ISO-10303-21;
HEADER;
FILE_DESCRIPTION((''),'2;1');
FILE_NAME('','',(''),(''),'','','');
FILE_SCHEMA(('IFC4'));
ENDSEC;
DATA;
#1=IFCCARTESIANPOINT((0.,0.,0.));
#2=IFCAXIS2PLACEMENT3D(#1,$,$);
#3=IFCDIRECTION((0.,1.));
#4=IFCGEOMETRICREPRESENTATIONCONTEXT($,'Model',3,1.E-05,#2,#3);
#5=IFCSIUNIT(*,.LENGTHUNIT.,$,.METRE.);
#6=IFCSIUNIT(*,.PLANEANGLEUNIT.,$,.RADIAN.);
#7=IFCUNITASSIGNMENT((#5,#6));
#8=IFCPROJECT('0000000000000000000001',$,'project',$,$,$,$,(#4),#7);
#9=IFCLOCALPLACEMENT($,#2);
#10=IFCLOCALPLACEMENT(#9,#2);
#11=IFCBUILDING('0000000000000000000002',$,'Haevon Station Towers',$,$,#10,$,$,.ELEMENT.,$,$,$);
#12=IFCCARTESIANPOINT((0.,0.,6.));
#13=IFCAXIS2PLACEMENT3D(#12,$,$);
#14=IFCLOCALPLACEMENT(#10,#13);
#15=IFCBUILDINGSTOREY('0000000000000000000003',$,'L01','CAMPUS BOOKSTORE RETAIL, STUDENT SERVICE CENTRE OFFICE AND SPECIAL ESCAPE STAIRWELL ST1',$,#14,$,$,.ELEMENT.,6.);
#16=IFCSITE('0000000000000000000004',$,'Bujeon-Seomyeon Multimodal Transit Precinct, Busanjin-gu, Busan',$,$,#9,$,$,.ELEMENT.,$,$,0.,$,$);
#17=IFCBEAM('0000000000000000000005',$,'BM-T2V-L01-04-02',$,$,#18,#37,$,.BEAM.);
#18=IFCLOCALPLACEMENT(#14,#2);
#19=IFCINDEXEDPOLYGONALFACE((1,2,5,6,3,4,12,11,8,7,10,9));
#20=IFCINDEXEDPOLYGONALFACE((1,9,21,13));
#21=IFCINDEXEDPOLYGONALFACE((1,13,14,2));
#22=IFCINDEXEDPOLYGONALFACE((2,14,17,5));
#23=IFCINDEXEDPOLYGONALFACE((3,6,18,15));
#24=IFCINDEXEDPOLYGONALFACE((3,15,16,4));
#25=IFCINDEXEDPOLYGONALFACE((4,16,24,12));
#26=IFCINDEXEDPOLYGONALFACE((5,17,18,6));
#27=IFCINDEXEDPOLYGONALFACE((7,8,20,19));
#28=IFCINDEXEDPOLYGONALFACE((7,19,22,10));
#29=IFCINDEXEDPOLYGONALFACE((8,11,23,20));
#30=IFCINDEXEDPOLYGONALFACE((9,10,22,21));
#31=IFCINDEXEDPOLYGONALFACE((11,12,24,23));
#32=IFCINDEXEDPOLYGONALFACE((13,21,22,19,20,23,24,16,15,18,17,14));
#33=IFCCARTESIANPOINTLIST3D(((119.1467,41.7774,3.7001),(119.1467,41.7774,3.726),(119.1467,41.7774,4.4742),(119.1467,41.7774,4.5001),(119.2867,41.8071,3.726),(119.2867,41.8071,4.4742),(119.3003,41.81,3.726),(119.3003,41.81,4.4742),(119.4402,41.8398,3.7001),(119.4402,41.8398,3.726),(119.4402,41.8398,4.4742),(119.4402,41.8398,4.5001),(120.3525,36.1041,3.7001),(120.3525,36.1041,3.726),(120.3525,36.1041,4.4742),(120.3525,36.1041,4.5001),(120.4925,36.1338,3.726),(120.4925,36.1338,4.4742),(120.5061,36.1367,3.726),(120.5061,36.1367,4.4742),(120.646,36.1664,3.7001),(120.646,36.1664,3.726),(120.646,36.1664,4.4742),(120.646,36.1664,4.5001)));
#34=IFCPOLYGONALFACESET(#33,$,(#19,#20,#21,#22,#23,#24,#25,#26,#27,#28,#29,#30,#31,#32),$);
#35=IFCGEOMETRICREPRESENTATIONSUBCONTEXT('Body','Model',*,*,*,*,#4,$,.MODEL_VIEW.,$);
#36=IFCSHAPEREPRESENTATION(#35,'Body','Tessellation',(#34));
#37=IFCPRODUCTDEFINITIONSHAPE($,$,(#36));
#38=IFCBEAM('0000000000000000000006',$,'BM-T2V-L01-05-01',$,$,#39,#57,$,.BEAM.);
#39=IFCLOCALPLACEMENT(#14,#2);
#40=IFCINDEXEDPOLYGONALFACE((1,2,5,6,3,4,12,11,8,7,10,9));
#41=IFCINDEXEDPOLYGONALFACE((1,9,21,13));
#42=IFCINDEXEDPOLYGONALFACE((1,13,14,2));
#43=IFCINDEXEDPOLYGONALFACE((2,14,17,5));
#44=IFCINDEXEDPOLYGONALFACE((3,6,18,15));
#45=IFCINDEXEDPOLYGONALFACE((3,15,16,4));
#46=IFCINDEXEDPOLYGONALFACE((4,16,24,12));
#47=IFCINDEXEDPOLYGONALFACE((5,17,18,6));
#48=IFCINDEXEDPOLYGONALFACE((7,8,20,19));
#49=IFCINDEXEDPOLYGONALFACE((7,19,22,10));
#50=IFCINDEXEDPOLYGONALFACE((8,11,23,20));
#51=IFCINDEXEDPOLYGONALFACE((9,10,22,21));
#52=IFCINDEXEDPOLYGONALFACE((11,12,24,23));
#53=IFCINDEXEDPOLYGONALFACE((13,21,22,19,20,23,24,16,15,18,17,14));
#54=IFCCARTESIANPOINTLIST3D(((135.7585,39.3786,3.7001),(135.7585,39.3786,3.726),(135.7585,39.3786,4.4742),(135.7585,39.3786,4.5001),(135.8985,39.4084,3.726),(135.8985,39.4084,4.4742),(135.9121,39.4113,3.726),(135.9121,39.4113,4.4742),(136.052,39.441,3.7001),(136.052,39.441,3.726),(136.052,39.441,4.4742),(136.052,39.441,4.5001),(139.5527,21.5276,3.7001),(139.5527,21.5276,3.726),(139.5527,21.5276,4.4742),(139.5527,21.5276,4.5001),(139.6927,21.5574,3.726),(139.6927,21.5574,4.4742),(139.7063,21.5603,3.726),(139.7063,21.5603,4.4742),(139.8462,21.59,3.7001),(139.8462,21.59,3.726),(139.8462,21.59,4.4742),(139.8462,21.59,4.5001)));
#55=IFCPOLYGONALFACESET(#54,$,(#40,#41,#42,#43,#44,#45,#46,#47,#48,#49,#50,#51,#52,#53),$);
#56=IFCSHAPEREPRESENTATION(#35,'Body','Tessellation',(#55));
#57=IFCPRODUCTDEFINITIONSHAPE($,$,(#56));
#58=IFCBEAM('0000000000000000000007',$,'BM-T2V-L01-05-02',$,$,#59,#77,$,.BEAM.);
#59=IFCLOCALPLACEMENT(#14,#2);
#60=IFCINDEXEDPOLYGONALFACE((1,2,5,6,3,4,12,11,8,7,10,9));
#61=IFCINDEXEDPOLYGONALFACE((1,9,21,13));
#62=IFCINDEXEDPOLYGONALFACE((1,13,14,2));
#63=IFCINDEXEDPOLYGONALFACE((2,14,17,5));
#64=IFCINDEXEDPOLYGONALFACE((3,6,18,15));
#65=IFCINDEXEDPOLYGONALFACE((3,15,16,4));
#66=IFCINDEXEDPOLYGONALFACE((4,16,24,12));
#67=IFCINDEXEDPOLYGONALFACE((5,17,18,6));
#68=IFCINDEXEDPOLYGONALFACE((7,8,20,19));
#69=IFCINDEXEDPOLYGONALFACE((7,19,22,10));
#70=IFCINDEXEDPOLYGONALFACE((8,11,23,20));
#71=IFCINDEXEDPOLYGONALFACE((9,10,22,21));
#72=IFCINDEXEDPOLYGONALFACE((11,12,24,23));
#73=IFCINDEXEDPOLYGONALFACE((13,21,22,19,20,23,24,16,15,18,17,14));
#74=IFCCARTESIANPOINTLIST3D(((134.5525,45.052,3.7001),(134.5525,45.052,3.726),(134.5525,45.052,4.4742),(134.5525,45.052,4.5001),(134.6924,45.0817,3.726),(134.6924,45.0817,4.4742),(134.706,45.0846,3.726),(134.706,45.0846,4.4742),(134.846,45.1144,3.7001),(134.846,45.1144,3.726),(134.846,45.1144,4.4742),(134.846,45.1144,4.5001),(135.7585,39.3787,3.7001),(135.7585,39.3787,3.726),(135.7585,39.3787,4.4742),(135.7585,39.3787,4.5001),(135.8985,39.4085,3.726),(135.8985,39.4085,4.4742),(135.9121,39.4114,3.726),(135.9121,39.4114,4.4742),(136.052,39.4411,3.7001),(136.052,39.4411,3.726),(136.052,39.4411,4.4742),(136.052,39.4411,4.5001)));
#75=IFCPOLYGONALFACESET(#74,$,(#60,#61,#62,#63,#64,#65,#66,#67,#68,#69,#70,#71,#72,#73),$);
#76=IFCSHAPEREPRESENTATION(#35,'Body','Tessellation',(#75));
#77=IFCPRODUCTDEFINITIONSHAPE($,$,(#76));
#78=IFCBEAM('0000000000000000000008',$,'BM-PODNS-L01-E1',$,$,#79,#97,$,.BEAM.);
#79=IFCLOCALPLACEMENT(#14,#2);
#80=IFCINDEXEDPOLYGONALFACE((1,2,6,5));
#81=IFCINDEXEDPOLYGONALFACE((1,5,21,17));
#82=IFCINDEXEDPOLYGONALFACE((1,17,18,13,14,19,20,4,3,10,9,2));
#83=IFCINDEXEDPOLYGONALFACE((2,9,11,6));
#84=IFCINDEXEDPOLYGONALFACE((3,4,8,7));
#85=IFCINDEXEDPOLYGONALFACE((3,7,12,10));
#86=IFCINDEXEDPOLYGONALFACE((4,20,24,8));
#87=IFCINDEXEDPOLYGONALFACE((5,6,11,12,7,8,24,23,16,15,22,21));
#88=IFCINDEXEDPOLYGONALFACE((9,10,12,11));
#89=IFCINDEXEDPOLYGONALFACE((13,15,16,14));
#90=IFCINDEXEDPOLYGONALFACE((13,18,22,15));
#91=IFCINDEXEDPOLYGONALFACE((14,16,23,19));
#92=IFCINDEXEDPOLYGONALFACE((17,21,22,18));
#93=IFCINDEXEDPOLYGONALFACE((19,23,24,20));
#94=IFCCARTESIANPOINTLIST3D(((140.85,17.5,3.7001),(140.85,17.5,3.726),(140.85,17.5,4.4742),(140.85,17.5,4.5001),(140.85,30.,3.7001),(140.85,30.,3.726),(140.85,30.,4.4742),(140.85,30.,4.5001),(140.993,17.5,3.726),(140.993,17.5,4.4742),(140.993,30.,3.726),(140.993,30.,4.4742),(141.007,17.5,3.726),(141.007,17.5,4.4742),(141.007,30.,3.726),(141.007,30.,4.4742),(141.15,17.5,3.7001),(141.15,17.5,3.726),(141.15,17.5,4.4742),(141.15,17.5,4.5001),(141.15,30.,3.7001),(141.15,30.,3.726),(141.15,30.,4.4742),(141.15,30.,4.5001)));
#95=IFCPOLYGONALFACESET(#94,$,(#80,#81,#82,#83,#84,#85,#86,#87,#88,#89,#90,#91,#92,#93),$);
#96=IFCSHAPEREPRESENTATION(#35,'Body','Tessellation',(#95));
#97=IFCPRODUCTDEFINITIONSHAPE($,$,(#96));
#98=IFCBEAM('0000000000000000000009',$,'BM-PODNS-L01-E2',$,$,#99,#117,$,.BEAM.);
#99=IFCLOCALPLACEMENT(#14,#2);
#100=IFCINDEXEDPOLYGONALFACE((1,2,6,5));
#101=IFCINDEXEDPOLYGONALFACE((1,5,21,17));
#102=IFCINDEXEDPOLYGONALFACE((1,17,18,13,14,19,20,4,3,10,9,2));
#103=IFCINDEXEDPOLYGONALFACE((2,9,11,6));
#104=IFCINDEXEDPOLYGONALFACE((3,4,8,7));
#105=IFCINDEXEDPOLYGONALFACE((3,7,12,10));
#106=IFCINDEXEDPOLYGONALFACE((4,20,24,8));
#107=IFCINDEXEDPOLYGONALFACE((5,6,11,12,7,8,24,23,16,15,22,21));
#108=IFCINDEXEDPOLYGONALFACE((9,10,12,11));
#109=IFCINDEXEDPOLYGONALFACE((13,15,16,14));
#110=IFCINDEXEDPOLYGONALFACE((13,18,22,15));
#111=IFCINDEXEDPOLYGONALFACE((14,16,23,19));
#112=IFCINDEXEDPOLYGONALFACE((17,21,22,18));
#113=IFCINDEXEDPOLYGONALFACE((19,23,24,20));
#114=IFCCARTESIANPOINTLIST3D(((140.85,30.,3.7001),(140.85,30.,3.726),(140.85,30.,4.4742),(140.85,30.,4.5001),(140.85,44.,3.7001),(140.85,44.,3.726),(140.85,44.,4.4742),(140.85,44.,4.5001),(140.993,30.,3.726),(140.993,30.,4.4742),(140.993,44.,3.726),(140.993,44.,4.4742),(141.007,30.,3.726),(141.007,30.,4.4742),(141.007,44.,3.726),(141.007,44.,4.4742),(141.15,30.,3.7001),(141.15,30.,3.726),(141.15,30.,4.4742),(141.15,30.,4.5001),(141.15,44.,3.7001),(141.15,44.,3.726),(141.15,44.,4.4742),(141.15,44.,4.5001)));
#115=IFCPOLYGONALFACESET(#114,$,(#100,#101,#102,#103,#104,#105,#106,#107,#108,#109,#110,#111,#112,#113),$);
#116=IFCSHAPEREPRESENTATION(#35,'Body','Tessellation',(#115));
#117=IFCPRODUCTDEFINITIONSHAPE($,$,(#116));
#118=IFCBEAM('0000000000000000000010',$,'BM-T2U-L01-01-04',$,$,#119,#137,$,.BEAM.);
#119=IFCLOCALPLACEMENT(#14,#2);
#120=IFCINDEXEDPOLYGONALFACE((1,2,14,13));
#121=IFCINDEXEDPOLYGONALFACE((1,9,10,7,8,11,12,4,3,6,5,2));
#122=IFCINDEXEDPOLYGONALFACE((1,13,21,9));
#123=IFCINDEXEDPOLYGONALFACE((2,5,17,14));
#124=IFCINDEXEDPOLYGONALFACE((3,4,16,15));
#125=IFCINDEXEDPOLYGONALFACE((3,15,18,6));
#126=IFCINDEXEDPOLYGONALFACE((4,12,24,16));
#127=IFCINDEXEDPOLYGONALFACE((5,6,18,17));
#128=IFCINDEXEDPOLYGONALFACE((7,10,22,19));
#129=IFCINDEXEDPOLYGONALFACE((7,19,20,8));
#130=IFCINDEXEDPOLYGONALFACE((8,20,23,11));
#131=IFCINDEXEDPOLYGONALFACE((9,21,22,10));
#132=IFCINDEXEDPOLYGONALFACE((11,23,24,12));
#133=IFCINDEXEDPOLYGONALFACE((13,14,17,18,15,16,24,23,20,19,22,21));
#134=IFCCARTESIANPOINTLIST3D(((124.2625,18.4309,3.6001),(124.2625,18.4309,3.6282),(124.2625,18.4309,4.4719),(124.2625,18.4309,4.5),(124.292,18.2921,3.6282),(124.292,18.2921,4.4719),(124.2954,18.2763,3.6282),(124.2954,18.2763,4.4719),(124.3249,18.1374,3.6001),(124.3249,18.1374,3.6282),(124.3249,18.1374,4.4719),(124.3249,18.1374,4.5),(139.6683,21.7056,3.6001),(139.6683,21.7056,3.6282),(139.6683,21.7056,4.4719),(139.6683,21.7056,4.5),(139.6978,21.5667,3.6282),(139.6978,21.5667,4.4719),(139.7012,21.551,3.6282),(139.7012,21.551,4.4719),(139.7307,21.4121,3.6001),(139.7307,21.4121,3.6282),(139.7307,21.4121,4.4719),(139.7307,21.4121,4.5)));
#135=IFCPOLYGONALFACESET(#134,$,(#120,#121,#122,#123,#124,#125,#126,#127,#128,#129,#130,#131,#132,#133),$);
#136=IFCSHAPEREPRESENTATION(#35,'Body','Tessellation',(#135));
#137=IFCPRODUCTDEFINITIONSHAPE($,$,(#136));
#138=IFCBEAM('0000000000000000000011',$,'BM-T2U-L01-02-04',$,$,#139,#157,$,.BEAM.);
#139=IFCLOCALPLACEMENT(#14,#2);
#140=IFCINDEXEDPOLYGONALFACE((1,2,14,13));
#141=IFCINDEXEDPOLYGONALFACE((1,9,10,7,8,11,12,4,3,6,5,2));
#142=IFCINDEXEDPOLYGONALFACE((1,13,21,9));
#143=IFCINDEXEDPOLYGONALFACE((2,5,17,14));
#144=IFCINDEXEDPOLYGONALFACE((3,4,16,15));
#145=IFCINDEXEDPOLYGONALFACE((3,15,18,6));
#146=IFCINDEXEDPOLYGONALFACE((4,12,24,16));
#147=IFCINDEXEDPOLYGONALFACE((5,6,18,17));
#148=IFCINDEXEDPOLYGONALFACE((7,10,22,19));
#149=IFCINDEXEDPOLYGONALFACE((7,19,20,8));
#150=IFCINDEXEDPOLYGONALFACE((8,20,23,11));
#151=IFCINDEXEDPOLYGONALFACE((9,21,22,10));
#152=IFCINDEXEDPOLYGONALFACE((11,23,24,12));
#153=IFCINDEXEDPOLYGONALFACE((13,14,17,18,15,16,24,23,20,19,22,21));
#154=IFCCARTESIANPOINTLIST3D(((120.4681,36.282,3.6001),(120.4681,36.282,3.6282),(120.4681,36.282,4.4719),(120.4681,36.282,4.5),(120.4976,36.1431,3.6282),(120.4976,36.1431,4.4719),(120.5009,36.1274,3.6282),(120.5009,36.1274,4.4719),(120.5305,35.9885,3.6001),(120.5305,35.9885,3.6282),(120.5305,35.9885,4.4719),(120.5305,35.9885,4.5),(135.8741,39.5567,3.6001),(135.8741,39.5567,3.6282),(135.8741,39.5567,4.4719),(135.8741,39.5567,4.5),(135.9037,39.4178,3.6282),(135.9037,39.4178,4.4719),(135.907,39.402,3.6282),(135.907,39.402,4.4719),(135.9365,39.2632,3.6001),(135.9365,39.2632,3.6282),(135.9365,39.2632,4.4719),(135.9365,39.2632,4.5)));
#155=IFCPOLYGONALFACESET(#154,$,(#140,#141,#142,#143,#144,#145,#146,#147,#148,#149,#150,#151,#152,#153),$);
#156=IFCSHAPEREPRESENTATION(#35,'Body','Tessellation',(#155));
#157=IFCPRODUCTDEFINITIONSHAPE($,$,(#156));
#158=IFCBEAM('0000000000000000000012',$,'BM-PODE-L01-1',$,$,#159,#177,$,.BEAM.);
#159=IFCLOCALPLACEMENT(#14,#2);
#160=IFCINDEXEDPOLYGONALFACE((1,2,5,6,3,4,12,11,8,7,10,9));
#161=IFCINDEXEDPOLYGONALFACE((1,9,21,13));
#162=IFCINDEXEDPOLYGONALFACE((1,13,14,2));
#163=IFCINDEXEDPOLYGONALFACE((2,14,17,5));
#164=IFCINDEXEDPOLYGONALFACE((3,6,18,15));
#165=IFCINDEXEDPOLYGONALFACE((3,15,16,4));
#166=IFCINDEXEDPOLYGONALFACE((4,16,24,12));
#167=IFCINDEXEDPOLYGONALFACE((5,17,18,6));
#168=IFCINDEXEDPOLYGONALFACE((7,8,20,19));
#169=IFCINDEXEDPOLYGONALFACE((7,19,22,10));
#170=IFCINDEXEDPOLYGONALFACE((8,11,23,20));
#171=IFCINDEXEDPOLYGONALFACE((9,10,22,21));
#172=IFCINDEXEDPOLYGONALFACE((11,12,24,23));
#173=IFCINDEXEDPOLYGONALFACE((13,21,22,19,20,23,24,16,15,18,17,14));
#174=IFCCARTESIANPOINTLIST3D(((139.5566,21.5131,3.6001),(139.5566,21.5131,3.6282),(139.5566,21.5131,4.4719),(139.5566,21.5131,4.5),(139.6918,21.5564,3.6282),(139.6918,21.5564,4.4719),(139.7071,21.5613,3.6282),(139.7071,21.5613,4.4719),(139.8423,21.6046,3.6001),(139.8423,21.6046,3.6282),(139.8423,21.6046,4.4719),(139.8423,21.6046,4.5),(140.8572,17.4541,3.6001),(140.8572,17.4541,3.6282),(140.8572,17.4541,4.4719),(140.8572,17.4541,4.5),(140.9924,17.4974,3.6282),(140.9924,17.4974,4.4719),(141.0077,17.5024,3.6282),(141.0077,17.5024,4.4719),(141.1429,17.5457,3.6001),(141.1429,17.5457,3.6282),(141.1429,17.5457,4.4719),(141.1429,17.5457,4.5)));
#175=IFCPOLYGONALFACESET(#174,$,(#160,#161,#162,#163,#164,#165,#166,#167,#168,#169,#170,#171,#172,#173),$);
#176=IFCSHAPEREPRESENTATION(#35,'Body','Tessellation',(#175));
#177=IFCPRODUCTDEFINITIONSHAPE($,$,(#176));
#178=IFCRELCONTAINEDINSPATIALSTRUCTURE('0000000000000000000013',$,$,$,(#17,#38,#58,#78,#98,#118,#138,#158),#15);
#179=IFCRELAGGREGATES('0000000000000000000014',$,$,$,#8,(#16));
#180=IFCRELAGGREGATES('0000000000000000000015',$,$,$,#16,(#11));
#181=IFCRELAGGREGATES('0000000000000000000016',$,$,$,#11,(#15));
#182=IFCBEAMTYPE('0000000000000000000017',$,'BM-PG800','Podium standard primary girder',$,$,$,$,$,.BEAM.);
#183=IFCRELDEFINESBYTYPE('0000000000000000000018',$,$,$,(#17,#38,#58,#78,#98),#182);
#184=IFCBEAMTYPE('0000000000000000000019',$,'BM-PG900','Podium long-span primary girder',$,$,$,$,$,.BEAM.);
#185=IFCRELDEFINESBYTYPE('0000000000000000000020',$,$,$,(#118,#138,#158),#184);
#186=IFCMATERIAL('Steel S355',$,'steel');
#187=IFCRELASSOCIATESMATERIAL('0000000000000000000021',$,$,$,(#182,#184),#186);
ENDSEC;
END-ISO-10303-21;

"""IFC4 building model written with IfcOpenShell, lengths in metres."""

from ifc_helpers import new_model, si_unit, direction, frame, origin, origin_2d, place, context, subcontext, project, spatial, i_section, extrude, material, material_profile, profile_set, type_object, element, save


model = new_model("IFC4")

# Units and contexts
model_context = context("Model", 3, precision=1e-05, world=origin(), true_north=direction((0.0, 1.0)))
body_context = subcontext(model_context, "Body", "Model", "MODEL_VIEW")
ifc_project = project(units=[si_unit("LENGTHUNIT", "METRE"), si_unit("PLANEANGLEUNIT", "RADIAN")], contexts=[model_context])

# Site, building, storey
site_placement = place(None, origin())
site = spatial("IfcSite", under=ifc_project, at=site_placement, Name="Bujeon-Seomyeon Multimodal Transit Precinct, Busanjin-gu, Busan", CompositionType="ELEMENT", RefElevation=0.0)
building_placement = place(site_placement, origin())
building = spatial("IfcBuilding", under=site, at=building_placement, Name="Haevon Station Towers", CompositionType="ELEMENT")
storey_placement = place(building_placement, frame((0.0, 0.0, 6.0)))
storey = spatial("IfcBuildingStorey", under=building, at=storey_placement, Name="L01", Description="CAMPUS BOOKSTORE RETAIL, STUDENT SERVICE CENTRE OFFICE AND SPECIAL ESCAPE STAIRWELL ST1", CompositionType="ELEMENT", Elevation=6.0)

# Beams
ifc_material_1 = material(Name="Steel S355", Category="steel")
ifc_material_profile_1 = material_profile(ifc_material_1, i_section(OverallWidth=0.3, OverallDepth=0.8, WebThickness=0.0139, FlangeThickness=0.0259, at=origin_2d()), Name="H-800x300x14x26")
ifc_profile_set_1 = profile_set([ifc_material_profile_1], Name="Steel S355")
beam_type_1 = type_object("IfcBeamType", Name="BM-PG800", Description="Podium standard primary girder", PredefinedType="BEAM", material=ifc_profile_set_1)
beam_1_placement = place(storey_placement, frame((120.4993, 36.1353, 4.1001), z_axis=(-0.207896, 0.978151, 0.0), x_axis=(-0.978151, -0.207896, 0.0)))
element("IfcBeam", 1, at=beam_1_placement, inside=storey, type_object=beam_type_1, Name="BM-T2V-L01-04-02", PredefinedType="BEAM", context=body_context, shape_type="SweptSolid", body=[
    extrude(i_section(OverallWidth=0.3, OverallDepth=0.8, WebThickness=0.0139, FlangeThickness=0.0259, at=origin_2d()), origin(), (0.0, 0.0, 1.0), 5.8),
])
beam_2_placement = place(storey_placement, frame((139.6995, 21.5588, 4.1001), z_axis=(-0.207903, 0.97815, 0.0), x_axis=(-0.97815, -0.207903, 0.0)))
element("IfcBeam", 2, at=beam_2_placement, inside=storey, type_object=beam_type_1, Name="BM-T2V-L01-05-01", PredefinedType="BEAM", context=body_context, shape_type="SweptSolid", body=[
    extrude(i_section(OverallWidth=0.3, OverallDepth=0.8, WebThickness=0.0139, FlangeThickness=0.0259, at=origin_2d()), origin(), (0.0, 0.0, 1.0), 18.2498),
])
beam_3_placement = place(storey_placement, frame((135.9053, 39.4099, 4.1001), z_axis=(-0.207936, 0.978142, 0.0), x_axis=(-0.978142, -0.207936, 0.0)))
element("IfcBeam", 3, at=beam_3_placement, inside=storey, type_object=beam_type_1, Name="BM-T2V-L01-05-02", PredefinedType="BEAM", context=body_context, shape_type="SweptSolid", body=[
    extrude(i_section(OverallWidth=0.3, OverallDepth=0.8, WebThickness=0.0139, FlangeThickness=0.0259, at=origin_2d()), origin(), (0.0, 0.0, 1.0), 5.8),
])
beam_4_placement = place(storey_placement, frame((141.0, 17.5, 4.1001), z_axis=(0.0, 1.0, 0.0), x_axis=(-1.0, 0.0, 0.0)))
element("IfcBeam", 4, at=beam_4_placement, inside=storey, type_object=beam_type_1, Name="BM-PODNS-L01-E1", PredefinedType="BEAM", context=body_context, shape_type="SweptSolid", body=[
    extrude(i_section(OverallWidth=0.3, OverallDepth=0.8, WebThickness=0.0139, FlangeThickness=0.0259, at=origin_2d()), origin(), (0.0, 0.0, 1.0), 12.5),
])
beam_5_placement = place(storey_placement, frame((141.0, 30.0, 4.1001), z_axis=(0.0, 1.0, 0.0), x_axis=(-1.0, 0.0, 0.0)))
element("IfcBeam", 5, at=beam_5_placement, inside=storey, type_object=beam_type_1, Name="BM-PODNS-L01-E2", PredefinedType="BEAM", context=body_context, shape_type="SweptSolid", body=[
    extrude(i_section(OverallWidth=0.3, OverallDepth=0.8, WebThickness=0.0139, FlangeThickness=0.0259, at=origin_2d()), origin(), (0.0, 0.0, 1.0), 14.0),
])
ifc_material_profile_2 = material_profile(ifc_material_1, i_section(OverallWidth=0.3, OverallDepth=0.8999, WebThickness=0.0161, FlangeThickness=0.0281, at=origin_2d()), Name="H-900x300x16x28")
ifc_profile_set_2 = profile_set([ifc_material_profile_2], Name="Steel S355")
beam_type_2 = type_object("IfcBeamType", Name="BM-PG900", Description="Podium long-span primary girder", PredefinedType="BEAM", material=ifc_profile_set_2)
beam_6_placement = place(storey_placement, frame((124.2937, 18.2842, 4.05), z_axis=(0.978147, 0.207915, 0.0), x_axis=(-0.207915, 0.978147, 0.0)))
element("IfcBeam", 6, at=beam_6_placement, inside=storey, type_object=beam_type_2, Name="BM-T2U-L01-01-04", PredefinedType="BEAM", context=body_context, shape_type="SweptSolid", body=[
    extrude(i_section(OverallWidth=0.3, OverallDepth=0.8999, WebThickness=0.0161, FlangeThickness=0.0281, at=origin_2d()), origin(), (0.0, 0.0, 1.0), 15.75),
])
beam_7_placement = place(storey_placement, frame((120.4993, 36.1353, 4.05), z_axis=(0.978147, 0.207912, 0.0), x_axis=(-0.207912, 0.978147, 0.0)))
element("IfcBeam", 7, at=beam_7_placement, inside=storey, type_object=beam_type_2, Name="BM-T2U-L01-02-04", PredefinedType="BEAM", context=body_context, shape_type="SweptSolid", body=[
    extrude(i_section(OverallWidth=0.3, OverallDepth=0.8999, WebThickness=0.0161, FlangeThickness=0.0281, at=origin_2d()), origin(), (0.0, 0.0, 1.0), 15.7502),
])
beam_8_placement = place(storey_placement, frame((139.6995, 21.5588, 4.05), z_axis=(0.305139, -0.952308, 0.0), x_axis=(0.952308, 0.305139, 0.0)))
element("IfcBeam", 8, at=beam_8_placement, inside=storey, type_object=beam_type_2, Name="BM-PODE-L01-1", PredefinedType="BEAM", context=body_context, shape_type="SweptSolid", body=[
    extrude(i_section(OverallWidth=0.3, OverallDepth=0.8999, WebThickness=0.0161, FlangeThickness=0.0281, at=origin_2d()), origin(), (0.0, 0.0, 1.0), 4.2622),
])

save(model, "model.ifc")
